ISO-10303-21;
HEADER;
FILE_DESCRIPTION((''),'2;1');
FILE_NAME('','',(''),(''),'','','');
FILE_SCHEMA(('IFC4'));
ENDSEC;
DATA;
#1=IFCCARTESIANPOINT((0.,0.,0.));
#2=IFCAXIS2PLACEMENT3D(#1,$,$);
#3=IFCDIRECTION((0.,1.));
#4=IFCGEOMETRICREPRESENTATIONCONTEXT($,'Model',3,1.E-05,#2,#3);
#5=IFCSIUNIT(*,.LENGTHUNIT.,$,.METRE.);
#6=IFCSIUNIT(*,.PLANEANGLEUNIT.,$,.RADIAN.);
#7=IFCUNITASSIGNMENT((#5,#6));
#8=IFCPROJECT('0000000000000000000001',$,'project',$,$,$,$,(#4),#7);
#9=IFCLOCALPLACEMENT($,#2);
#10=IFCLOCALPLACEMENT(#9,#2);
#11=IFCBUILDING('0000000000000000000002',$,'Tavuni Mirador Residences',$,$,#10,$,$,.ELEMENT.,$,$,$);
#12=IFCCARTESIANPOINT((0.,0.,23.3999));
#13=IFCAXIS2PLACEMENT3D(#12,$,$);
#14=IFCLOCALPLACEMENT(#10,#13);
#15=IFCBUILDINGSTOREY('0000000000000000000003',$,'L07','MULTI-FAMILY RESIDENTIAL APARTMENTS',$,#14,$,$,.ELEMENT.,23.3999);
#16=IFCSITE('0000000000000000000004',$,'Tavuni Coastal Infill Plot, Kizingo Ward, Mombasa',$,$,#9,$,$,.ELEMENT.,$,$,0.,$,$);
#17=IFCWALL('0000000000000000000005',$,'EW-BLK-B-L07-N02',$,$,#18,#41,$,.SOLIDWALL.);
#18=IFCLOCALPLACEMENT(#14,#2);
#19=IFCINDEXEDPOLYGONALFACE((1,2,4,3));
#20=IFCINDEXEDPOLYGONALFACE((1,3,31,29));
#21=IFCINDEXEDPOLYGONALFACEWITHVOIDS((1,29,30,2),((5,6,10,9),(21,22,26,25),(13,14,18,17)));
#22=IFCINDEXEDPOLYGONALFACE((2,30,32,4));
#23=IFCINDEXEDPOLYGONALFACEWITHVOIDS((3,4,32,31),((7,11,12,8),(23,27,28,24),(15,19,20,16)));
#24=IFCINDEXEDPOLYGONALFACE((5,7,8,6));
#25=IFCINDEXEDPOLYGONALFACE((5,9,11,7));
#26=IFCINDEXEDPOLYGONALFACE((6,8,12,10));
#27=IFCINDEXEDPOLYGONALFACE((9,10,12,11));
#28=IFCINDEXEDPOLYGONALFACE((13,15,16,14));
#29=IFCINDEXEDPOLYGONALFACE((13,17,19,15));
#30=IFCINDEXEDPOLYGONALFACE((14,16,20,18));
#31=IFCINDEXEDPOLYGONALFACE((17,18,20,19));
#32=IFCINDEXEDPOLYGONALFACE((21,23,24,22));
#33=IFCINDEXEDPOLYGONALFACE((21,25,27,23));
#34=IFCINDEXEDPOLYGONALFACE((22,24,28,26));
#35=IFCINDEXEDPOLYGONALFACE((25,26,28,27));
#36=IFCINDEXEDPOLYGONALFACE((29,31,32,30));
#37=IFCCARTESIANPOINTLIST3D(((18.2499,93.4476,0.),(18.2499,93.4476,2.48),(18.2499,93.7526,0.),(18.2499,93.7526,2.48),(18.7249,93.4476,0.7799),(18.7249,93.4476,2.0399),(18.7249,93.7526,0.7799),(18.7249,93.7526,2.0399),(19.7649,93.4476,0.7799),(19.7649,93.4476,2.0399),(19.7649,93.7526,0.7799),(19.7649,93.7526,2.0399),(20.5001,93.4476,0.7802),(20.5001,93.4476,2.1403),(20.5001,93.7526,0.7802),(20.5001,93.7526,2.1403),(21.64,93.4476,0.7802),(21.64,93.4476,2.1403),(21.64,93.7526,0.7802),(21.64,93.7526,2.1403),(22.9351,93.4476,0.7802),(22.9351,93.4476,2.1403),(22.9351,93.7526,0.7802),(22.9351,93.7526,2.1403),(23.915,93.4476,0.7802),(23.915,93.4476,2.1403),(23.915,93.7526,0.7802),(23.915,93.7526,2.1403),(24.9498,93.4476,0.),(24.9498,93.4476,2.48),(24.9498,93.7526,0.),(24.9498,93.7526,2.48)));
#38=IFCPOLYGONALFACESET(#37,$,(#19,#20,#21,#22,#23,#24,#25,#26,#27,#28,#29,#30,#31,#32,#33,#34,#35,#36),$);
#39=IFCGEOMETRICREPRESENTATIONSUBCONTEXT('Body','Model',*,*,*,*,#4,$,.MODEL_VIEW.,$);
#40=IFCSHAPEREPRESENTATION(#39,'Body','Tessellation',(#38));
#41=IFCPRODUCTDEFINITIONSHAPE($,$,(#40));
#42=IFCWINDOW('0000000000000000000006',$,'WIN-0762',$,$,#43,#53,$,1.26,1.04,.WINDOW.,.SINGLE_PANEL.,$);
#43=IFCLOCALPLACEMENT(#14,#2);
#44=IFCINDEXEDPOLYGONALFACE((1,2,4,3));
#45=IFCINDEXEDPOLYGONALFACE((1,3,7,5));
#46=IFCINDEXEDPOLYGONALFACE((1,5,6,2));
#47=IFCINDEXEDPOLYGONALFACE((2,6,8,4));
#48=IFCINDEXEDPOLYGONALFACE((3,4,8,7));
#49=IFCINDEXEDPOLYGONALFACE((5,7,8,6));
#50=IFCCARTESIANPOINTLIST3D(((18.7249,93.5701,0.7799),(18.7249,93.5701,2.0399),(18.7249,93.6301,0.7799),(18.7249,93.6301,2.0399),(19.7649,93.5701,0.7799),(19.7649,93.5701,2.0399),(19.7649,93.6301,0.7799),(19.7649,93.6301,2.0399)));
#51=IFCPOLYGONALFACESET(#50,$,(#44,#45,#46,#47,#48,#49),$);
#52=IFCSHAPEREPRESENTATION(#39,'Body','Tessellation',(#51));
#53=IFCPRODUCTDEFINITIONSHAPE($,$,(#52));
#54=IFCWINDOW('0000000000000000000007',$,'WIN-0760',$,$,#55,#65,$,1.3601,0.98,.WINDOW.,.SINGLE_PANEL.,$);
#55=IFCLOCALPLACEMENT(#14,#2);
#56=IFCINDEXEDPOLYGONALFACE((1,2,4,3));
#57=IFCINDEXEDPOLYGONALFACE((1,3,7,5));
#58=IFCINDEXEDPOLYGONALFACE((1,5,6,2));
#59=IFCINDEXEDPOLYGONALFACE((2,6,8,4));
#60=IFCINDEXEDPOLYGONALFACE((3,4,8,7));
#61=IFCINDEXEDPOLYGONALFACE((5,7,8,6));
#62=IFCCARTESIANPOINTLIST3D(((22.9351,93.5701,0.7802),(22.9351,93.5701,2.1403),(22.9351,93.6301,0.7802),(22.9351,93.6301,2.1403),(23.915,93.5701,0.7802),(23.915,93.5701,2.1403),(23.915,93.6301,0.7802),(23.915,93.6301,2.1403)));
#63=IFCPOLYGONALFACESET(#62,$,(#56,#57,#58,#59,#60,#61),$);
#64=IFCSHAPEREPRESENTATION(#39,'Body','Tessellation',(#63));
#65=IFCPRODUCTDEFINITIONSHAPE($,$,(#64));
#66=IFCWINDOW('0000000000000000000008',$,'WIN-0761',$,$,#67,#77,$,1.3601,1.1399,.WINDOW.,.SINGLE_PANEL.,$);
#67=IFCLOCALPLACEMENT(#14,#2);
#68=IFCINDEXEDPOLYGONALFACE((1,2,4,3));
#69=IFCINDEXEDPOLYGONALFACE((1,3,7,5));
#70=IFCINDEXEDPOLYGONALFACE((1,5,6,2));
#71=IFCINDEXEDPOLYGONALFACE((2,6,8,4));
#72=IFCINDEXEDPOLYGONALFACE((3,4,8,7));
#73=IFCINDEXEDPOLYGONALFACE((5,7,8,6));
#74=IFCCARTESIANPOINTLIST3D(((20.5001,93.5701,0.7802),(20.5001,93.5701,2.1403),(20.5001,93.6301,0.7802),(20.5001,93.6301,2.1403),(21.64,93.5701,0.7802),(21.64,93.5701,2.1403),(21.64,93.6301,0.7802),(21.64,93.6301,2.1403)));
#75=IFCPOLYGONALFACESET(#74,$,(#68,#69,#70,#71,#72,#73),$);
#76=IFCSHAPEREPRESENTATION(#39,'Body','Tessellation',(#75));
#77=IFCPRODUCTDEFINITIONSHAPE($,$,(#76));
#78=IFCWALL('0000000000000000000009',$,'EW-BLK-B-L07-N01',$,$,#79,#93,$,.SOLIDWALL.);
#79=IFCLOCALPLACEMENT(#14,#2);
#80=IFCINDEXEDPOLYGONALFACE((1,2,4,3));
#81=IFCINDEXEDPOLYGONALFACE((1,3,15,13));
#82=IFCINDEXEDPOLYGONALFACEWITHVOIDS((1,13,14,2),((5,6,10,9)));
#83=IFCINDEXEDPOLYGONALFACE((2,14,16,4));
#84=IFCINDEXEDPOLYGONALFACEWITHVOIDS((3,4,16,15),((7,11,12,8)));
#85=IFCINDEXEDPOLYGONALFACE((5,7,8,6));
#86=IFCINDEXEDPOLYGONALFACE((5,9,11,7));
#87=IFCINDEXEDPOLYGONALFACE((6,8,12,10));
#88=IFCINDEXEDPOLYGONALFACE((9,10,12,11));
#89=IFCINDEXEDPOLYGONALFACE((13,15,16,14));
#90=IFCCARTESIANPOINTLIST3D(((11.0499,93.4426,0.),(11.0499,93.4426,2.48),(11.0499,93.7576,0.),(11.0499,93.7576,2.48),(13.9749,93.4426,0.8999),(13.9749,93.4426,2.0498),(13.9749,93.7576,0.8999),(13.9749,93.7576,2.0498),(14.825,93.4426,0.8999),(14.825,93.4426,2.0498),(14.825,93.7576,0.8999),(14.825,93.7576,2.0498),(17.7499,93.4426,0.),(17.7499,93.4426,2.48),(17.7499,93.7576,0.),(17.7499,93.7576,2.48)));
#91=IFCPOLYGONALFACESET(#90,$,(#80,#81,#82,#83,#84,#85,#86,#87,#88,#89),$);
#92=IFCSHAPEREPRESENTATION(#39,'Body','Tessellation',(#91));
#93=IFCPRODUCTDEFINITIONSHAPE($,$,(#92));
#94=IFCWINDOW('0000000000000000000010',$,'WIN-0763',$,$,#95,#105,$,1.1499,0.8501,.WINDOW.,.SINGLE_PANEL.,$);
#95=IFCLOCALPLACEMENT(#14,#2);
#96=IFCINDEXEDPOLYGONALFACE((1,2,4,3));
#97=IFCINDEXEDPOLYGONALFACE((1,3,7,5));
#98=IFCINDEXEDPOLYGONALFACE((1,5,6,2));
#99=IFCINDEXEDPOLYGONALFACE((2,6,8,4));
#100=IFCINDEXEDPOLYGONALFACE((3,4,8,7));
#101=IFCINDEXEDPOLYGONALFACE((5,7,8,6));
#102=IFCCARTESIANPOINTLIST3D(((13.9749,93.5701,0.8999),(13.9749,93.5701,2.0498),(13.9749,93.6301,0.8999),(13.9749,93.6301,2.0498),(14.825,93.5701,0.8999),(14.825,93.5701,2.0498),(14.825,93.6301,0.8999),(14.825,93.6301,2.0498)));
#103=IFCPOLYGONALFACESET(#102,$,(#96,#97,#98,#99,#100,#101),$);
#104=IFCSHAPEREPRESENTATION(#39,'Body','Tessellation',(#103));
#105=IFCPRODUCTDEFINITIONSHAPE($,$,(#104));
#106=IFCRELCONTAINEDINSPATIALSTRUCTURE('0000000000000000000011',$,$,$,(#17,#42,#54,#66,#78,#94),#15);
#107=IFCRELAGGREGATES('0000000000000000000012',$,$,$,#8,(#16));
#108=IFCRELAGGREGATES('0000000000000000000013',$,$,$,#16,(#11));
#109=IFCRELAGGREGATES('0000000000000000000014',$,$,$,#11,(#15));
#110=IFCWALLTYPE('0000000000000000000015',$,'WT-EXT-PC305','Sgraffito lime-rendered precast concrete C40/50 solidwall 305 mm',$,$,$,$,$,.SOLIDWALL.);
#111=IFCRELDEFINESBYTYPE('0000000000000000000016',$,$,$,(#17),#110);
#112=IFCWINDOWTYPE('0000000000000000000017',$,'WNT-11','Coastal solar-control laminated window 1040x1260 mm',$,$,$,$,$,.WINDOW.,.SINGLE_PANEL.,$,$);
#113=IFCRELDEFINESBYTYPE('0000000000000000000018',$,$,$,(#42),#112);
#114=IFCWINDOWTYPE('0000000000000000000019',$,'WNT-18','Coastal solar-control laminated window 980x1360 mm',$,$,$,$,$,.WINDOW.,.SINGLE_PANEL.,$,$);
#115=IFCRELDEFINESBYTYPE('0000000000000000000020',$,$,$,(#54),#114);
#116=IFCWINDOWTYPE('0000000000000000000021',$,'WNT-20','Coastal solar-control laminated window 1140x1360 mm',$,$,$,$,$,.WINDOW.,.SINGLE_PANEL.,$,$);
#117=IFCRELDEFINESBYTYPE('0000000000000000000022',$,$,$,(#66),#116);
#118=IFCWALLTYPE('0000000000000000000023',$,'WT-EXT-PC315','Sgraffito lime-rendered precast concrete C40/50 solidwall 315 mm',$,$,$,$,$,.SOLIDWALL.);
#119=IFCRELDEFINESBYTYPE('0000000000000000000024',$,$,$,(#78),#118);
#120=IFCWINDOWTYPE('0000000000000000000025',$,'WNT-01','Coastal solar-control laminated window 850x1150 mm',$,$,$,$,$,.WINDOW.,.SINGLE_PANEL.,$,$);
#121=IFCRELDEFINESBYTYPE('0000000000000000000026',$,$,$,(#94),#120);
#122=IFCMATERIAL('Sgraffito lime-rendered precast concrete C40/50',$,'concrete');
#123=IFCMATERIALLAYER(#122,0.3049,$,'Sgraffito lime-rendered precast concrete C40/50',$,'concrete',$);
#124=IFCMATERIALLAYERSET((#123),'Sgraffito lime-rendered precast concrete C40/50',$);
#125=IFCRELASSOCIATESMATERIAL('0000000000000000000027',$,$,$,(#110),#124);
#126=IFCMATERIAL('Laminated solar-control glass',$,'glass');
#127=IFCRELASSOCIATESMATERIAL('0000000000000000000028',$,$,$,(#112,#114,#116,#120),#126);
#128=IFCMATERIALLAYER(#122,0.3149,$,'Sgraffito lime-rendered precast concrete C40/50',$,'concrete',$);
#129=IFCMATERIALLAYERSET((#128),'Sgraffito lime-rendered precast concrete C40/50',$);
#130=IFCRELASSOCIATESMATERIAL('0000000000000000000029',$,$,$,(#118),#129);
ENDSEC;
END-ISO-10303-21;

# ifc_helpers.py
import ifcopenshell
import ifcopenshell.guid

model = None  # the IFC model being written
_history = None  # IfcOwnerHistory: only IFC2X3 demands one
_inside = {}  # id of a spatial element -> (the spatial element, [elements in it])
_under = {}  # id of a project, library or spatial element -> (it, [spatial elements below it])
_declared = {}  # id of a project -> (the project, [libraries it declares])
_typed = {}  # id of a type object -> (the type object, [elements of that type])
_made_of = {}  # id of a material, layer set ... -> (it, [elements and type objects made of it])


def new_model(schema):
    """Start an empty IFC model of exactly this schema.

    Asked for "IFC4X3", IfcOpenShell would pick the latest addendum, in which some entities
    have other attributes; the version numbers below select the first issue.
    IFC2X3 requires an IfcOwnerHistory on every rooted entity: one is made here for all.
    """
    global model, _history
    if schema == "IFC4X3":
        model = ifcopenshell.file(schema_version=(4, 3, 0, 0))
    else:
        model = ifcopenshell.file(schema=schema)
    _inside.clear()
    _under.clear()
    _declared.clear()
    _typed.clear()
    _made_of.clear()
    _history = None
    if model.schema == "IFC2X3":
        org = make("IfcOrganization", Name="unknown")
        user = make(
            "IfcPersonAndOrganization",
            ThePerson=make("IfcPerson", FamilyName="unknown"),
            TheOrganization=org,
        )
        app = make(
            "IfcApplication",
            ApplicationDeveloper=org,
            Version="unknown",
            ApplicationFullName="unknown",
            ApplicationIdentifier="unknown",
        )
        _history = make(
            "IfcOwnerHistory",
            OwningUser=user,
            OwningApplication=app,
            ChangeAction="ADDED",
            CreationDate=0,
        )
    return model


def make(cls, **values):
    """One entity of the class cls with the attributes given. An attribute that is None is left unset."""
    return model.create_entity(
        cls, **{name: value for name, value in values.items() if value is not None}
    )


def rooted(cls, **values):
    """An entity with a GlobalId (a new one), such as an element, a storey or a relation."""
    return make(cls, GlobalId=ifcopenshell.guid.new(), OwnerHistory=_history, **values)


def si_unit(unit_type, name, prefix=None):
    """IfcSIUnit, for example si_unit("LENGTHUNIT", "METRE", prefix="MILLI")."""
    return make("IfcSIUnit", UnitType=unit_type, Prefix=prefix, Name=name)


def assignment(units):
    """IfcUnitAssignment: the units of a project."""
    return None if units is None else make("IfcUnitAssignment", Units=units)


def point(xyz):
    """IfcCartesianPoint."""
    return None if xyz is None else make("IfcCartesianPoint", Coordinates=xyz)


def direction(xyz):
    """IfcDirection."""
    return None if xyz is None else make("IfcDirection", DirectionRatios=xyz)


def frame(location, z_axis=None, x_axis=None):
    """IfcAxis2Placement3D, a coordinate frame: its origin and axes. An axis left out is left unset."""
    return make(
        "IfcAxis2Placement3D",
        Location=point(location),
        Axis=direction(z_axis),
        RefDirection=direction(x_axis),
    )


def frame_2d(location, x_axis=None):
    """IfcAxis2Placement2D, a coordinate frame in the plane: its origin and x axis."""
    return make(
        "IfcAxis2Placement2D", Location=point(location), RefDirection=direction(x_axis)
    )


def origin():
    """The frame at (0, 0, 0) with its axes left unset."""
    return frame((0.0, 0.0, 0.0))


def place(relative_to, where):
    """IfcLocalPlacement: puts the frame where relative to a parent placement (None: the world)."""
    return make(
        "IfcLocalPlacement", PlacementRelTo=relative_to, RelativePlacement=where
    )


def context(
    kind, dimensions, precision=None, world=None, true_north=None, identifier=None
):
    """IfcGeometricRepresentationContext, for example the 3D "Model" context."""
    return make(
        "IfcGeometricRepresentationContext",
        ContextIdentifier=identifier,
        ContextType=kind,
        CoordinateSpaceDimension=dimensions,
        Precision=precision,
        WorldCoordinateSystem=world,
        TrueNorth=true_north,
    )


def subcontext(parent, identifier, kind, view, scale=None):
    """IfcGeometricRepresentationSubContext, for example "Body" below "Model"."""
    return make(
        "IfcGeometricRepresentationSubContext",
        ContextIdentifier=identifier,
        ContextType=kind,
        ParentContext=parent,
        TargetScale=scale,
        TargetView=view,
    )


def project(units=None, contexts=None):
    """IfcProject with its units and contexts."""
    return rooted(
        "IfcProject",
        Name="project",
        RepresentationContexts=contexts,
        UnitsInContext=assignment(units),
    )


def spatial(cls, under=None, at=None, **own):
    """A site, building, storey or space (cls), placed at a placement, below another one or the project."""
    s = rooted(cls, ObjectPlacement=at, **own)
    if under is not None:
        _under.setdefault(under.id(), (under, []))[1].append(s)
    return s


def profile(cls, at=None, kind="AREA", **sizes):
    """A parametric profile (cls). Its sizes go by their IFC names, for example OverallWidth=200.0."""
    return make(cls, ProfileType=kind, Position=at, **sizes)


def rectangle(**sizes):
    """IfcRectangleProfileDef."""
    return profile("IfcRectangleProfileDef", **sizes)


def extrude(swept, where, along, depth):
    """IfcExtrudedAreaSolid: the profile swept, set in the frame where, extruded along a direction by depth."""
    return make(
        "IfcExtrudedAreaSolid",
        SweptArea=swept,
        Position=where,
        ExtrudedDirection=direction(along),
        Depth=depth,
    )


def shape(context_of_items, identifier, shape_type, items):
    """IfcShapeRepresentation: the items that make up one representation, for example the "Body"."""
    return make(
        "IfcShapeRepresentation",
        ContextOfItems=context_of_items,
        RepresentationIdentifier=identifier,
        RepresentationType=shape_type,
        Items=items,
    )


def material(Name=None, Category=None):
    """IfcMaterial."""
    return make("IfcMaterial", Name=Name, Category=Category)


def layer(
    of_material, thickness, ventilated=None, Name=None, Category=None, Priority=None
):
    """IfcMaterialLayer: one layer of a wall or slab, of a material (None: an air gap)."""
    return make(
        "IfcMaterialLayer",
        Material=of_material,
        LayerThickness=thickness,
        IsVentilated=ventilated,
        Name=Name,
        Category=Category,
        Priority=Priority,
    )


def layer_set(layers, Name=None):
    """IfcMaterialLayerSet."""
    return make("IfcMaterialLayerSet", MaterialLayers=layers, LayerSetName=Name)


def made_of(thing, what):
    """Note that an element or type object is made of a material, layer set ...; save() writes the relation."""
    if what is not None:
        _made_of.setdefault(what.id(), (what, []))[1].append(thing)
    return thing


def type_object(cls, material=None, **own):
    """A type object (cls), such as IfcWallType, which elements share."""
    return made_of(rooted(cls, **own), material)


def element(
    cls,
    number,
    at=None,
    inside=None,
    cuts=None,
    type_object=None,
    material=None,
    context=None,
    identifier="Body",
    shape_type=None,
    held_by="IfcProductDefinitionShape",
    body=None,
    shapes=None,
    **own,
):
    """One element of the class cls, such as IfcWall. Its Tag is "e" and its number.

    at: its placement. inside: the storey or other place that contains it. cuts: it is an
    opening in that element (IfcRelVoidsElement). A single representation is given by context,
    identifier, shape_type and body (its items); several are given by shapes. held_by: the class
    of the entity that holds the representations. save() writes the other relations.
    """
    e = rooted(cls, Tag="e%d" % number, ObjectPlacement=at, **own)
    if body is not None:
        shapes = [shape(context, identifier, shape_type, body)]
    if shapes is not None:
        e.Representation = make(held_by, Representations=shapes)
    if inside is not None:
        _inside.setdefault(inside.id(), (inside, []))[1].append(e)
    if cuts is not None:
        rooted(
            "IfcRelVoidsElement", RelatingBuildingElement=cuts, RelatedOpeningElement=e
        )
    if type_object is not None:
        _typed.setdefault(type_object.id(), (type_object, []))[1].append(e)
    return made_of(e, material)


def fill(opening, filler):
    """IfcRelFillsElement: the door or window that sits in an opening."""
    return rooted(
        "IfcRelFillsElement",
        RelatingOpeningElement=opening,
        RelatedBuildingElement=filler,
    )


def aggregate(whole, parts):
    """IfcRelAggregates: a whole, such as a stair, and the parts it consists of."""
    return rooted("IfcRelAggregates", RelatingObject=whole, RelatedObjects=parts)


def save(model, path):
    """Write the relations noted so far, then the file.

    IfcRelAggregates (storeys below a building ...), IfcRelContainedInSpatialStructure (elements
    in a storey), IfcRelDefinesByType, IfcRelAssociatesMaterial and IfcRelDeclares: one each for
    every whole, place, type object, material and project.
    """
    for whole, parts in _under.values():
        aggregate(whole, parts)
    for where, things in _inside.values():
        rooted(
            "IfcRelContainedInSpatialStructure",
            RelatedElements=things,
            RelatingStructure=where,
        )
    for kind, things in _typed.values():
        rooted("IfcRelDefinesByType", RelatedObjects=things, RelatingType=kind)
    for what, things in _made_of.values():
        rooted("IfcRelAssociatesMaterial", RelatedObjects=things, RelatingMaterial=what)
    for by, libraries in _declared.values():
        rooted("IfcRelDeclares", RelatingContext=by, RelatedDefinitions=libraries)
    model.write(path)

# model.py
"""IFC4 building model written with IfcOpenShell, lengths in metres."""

from ifc_helpers import new_model, si_unit, direction, frame, frame_2d, origin, place, context, subcontext, project, spatial, rectangle, extrude, material, layer, layer_set, type_object, element, fill, save


model = new_model("IFC4")

# Units and contexts
model_context = context("Model", 3, precision=1e-05, world=origin(), true_north=direction((0.0, 1.0)))
body_context = subcontext(model_context, "Body", "Model", "MODEL_VIEW")
ifc_project = project(units=[si_unit("LENGTHUNIT", "METRE"), si_unit("PLANEANGLEUNIT", "RADIAN")], contexts=[model_context])

# Site, building, storey
site_placement = place(None, origin())
site = spatial("IfcSite", under=ifc_project, at=site_placement, Name="Tavuni Coastal Infill Plot, Kizingo Ward, Mombasa", CompositionType="ELEMENT", RefElevation=0.0)
building_placement = place(site_placement, origin())
building = spatial("IfcBuilding", under=site, at=building_placement, Name="Tavuni Mirador Residences", CompositionType="ELEMENT")
storey_placement = place(building_placement, frame((0.0, 0.0, 23.3999)))
storey = spatial("IfcBuildingStorey", under=building, at=storey_placement, Name="L07", Description="MULTI-FAMILY RESIDENTIAL APARTMENTS", CompositionType="ELEMENT", Elevation=23.3999)

# Shared definitions
ifc_material_1 = material(Name="Laminated solar-control glass", Category="glass")

# Wall, openings, windows
ifc_material_2 = material(Name="Sgraffito lime-rendered precast concrete C40/50", Category="concrete")
ifc_layer_1 = layer(ifc_material_2, 0.3049, Name="Sgraffito lime-rendered precast concrete C40/50", Category="concrete")
ifc_layer_set_1 = layer_set([ifc_layer_1], Name="Sgraffito lime-rendered precast concrete C40/50")
wall_type_1 = type_object("IfcWallType", Name="WT-EXT-PC305", Description="Sgraffito lime-rendered precast concrete C40/50 solidwall 305 mm", PredefinedType="SOLIDWALL", material=ifc_layer_set_1)
wall_1_placement = place(storey_placement, frame((24.95, 93.6001, 0.0), z_axis=(0.0, 0.0, 1.0), x_axis=(-1.0, 0.0, 0.0)))
wall_1 = element("IfcWall", 1, at=wall_1_placement, inside=storey, type_object=wall_type_1, Name="EW-BLK-B-L07-N02", PredefinedType="SOLIDWALL", context=body_context, shape_type="SweptSolid", body=[
    extrude(rectangle(XDim=6.7, YDim=0.3049, at=frame_2d((3.3501, 0.0))), origin(), (0.0, 0.0, 1.0), 2.48),
])
opening_1_placement = place(wall_1_placement, frame((1.0349, 0.0, 0.78)))
opening_1 = element("IfcOpeningElement", 2, at=opening_1_placement, cuts=wall_1, PredefinedType="OPENING", context=body_context, shape_type="SweptSolid", body=[
    extrude(rectangle(XDim=0.98, YDim=1.3601, at=frame_2d((0.49, 0.6802))), frame((0.0, 0.1626, 0.0), z_axis=(0.0, -1.0, 0.0), x_axis=(1.0, 0.0, 0.0)), (0.0, 0.0, 1.0), 0.325),
])
opening_2_placement = place(wall_1_placement, frame((3.3101, 0.0, 0.78)))
opening_2 = element("IfcOpeningElement", 3, at=opening_2_placement, cuts=wall_1, PredefinedType="OPENING", context=body_context, shape_type="SweptSolid", body=[
    extrude(rectangle(XDim=1.1399, YDim=1.3601, at=frame_2d((0.5698, 0.6802))), frame((0.0, 0.1626, 0.0), z_axis=(0.0, -1.0, 0.0), x_axis=(1.0, 0.0, 0.0)), (0.0, 0.0, 1.0), 0.325),
])
opening_3_placement = place(wall_1_placement, frame((5.1851, 0.0, 0.78)))
opening_3 = element("IfcOpeningElement", 4, at=opening_3_placement, cuts=wall_1, PredefinedType="OPENING", context=body_context, shape_type="SweptSolid", body=[
    extrude(rectangle(XDim=1.04, YDim=1.26, at=frame_2d((0.52, 0.6299))), frame((0.0, 0.1626, 0.0), z_axis=(0.0, -1.0, 0.0), x_axis=(1.0, 0.0, 0.0)), (0.0, 0.0, 1.0), 0.325),
])
window_type_1 = type_object("IfcWindowType", Name="WNT-11", Description="Coastal solar-control laminated window 1040x1260 mm", PartitioningType="SINGLE_PANEL", PredefinedType="WINDOW", material=ifc_material_1)
window_1_placement = place(opening_3_placement, origin())
window_1 = element("IfcWindow", 5, at=window_1_placement, inside=storey, type_object=window_type_1, Name="WIN-0762", OverallHeight=1.26, OverallWidth=1.04, PartitioningType="SINGLE_PANEL", PredefinedType="WINDOW", context=body_context, shape_type="SweptSolid", body=[
    extrude(rectangle(XDim=1.04, YDim=1.26, at=frame_2d((0.52, 0.6299))), frame((0.0, 0.03, 0.0), z_axis=(0.0, -1.0, 0.0), x_axis=(1.0, 0.0, 0.0)), (0.0, 0.0, 1.0), 0.0601),
])
fill(opening_3, window_1)
window_type_2 = type_object("IfcWindowType", Name="WNT-18", Description="Coastal solar-control laminated window 980x1360 mm", PartitioningType="SINGLE_PANEL", PredefinedType="WINDOW", material=ifc_material_1)
window_2_placement = place(opening_1_placement, origin())
window_2 = element("IfcWindow", 6, at=window_2_placement, inside=storey, type_object=window_type_2, Name="WIN-0760", OverallHeight=1.3601, OverallWidth=0.98, PartitioningType="SINGLE_PANEL", PredefinedType="WINDOW", context=body_context, shape_type="SweptSolid", body=[
    extrude(rectangle(XDim=0.98, YDim=1.3601, at=frame_2d((0.49, 0.6802))), frame((0.0, 0.03, 0.0), z_axis=(0.0, -1.0, 0.0), x_axis=(1.0, 0.0, 0.0)), (0.0, 0.0, 1.0), 0.0601),
])
fill(opening_1, window_2)
window_type_3 = type_object("IfcWindowType", Name="WNT-20", Description="Coastal solar-control laminated window 1140x1360 mm", PartitioningType="SINGLE_PANEL", PredefinedType="WINDOW", material=ifc_material_1)
window_3_placement = place(opening_2_placement, origin())
window_3 = element("IfcWindow", 7, at=window_3_placement, inside=storey, type_object=window_type_3, Name="WIN-0761", OverallHeight=1.3601, OverallWidth=1.1399, PartitioningType="SINGLE_PANEL", PredefinedType="WINDOW", context=body_context, shape_type="SweptSolid", body=[
    extrude(rectangle(XDim=1.1399, YDim=1.3601, at=frame_2d((0.5698, 0.6802))), frame((0.0, 0.03, 0.0), z_axis=(0.0, -1.0, 0.0), x_axis=(1.0, 0.0, 0.0)), (0.0, 0.0, 1.0), 0.0601),
])
fill(opening_2, window_3)

# Wall, opening, window
ifc_layer_2 = layer(ifc_material_2, 0.3149, Name="Sgraffito lime-rendered precast concrete C40/50", Category="concrete")
ifc_layer_set_2 = layer_set([ifc_layer_2], Name="Sgraffito lime-rendered precast concrete C40/50")
wall_type_2 = type_object("IfcWallType", Name="WT-EXT-PC315", Description="Sgraffito lime-rendered precast concrete C40/50 solidwall 315 mm", PredefinedType="SOLIDWALL", material=ifc_layer_set_2)
wall_2_placement = place(storey_placement, frame((17.75, 93.6001, 0.0), z_axis=(0.0, 0.0, 1.0), x_axis=(-1.0, 0.0, 0.0)))
wall_2 = element("IfcWall", 8, at=wall_2_placement, inside=storey, type_object=wall_type_2, Name="EW-BLK-B-L07-N01", PredefinedType="SOLIDWALL", context=body_context, shape_type="SweptSolid", body=[
    extrude(rectangle(XDim=6.7, YDim=0.3149, at=frame_2d((3.3501, 0.0))), origin(), (0.0, 0.0, 1.0), 2.48),
])
opening_4_placement = place(wall_2_placement, frame((2.925, 0.0, 0.8999)))
opening_4 = element("IfcOpeningElement", 9, at=opening_4_placement, cuts=wall_2, PredefinedType="OPENING", context=body_context, shape_type="SweptSolid", body=[
    extrude(rectangle(XDim=0.8501, YDim=1.1499, at=frame_2d((0.425, 0.575))), frame((0.0, 0.1675, 0.0), z_axis=(0.0, -1.0, 0.0), x_axis=(1.0, 0.0, 0.0)), (0.0, 0.0, 1.0), 0.335),
])
window_type_4 = type_object("IfcWindowType", Name="WNT-01", Description="Coastal solar-control laminated window 850x1150 mm", PartitioningType="SINGLE_PANEL", PredefinedType="WINDOW", material=ifc_material_1)
window_4_placement = place(opening_4_placement, origin())
window_4 = element("IfcWindow", 10, at=window_4_placement, inside=storey, type_object=window_type_4, Name="WIN-0763", OverallHeight=1.1499, OverallWidth=0.8501, PartitioningType="SINGLE_PANEL", PredefinedType="WINDOW", context=body_context, shape_type="SweptSolid", body=[
    extrude(rectangle(XDim=0.8501, YDim=1.1499, at=frame_2d((0.425, 0.575))), frame((0.0, 0.03, 0.0), z_axis=(0.0, -1.0, 0.0), x_axis=(1.0, 0.0, 0.0)), (0.0, 0.0, 1.0), 0.0601),
])
fill(opening_4, window_4)

save(model, "model.ifc")
